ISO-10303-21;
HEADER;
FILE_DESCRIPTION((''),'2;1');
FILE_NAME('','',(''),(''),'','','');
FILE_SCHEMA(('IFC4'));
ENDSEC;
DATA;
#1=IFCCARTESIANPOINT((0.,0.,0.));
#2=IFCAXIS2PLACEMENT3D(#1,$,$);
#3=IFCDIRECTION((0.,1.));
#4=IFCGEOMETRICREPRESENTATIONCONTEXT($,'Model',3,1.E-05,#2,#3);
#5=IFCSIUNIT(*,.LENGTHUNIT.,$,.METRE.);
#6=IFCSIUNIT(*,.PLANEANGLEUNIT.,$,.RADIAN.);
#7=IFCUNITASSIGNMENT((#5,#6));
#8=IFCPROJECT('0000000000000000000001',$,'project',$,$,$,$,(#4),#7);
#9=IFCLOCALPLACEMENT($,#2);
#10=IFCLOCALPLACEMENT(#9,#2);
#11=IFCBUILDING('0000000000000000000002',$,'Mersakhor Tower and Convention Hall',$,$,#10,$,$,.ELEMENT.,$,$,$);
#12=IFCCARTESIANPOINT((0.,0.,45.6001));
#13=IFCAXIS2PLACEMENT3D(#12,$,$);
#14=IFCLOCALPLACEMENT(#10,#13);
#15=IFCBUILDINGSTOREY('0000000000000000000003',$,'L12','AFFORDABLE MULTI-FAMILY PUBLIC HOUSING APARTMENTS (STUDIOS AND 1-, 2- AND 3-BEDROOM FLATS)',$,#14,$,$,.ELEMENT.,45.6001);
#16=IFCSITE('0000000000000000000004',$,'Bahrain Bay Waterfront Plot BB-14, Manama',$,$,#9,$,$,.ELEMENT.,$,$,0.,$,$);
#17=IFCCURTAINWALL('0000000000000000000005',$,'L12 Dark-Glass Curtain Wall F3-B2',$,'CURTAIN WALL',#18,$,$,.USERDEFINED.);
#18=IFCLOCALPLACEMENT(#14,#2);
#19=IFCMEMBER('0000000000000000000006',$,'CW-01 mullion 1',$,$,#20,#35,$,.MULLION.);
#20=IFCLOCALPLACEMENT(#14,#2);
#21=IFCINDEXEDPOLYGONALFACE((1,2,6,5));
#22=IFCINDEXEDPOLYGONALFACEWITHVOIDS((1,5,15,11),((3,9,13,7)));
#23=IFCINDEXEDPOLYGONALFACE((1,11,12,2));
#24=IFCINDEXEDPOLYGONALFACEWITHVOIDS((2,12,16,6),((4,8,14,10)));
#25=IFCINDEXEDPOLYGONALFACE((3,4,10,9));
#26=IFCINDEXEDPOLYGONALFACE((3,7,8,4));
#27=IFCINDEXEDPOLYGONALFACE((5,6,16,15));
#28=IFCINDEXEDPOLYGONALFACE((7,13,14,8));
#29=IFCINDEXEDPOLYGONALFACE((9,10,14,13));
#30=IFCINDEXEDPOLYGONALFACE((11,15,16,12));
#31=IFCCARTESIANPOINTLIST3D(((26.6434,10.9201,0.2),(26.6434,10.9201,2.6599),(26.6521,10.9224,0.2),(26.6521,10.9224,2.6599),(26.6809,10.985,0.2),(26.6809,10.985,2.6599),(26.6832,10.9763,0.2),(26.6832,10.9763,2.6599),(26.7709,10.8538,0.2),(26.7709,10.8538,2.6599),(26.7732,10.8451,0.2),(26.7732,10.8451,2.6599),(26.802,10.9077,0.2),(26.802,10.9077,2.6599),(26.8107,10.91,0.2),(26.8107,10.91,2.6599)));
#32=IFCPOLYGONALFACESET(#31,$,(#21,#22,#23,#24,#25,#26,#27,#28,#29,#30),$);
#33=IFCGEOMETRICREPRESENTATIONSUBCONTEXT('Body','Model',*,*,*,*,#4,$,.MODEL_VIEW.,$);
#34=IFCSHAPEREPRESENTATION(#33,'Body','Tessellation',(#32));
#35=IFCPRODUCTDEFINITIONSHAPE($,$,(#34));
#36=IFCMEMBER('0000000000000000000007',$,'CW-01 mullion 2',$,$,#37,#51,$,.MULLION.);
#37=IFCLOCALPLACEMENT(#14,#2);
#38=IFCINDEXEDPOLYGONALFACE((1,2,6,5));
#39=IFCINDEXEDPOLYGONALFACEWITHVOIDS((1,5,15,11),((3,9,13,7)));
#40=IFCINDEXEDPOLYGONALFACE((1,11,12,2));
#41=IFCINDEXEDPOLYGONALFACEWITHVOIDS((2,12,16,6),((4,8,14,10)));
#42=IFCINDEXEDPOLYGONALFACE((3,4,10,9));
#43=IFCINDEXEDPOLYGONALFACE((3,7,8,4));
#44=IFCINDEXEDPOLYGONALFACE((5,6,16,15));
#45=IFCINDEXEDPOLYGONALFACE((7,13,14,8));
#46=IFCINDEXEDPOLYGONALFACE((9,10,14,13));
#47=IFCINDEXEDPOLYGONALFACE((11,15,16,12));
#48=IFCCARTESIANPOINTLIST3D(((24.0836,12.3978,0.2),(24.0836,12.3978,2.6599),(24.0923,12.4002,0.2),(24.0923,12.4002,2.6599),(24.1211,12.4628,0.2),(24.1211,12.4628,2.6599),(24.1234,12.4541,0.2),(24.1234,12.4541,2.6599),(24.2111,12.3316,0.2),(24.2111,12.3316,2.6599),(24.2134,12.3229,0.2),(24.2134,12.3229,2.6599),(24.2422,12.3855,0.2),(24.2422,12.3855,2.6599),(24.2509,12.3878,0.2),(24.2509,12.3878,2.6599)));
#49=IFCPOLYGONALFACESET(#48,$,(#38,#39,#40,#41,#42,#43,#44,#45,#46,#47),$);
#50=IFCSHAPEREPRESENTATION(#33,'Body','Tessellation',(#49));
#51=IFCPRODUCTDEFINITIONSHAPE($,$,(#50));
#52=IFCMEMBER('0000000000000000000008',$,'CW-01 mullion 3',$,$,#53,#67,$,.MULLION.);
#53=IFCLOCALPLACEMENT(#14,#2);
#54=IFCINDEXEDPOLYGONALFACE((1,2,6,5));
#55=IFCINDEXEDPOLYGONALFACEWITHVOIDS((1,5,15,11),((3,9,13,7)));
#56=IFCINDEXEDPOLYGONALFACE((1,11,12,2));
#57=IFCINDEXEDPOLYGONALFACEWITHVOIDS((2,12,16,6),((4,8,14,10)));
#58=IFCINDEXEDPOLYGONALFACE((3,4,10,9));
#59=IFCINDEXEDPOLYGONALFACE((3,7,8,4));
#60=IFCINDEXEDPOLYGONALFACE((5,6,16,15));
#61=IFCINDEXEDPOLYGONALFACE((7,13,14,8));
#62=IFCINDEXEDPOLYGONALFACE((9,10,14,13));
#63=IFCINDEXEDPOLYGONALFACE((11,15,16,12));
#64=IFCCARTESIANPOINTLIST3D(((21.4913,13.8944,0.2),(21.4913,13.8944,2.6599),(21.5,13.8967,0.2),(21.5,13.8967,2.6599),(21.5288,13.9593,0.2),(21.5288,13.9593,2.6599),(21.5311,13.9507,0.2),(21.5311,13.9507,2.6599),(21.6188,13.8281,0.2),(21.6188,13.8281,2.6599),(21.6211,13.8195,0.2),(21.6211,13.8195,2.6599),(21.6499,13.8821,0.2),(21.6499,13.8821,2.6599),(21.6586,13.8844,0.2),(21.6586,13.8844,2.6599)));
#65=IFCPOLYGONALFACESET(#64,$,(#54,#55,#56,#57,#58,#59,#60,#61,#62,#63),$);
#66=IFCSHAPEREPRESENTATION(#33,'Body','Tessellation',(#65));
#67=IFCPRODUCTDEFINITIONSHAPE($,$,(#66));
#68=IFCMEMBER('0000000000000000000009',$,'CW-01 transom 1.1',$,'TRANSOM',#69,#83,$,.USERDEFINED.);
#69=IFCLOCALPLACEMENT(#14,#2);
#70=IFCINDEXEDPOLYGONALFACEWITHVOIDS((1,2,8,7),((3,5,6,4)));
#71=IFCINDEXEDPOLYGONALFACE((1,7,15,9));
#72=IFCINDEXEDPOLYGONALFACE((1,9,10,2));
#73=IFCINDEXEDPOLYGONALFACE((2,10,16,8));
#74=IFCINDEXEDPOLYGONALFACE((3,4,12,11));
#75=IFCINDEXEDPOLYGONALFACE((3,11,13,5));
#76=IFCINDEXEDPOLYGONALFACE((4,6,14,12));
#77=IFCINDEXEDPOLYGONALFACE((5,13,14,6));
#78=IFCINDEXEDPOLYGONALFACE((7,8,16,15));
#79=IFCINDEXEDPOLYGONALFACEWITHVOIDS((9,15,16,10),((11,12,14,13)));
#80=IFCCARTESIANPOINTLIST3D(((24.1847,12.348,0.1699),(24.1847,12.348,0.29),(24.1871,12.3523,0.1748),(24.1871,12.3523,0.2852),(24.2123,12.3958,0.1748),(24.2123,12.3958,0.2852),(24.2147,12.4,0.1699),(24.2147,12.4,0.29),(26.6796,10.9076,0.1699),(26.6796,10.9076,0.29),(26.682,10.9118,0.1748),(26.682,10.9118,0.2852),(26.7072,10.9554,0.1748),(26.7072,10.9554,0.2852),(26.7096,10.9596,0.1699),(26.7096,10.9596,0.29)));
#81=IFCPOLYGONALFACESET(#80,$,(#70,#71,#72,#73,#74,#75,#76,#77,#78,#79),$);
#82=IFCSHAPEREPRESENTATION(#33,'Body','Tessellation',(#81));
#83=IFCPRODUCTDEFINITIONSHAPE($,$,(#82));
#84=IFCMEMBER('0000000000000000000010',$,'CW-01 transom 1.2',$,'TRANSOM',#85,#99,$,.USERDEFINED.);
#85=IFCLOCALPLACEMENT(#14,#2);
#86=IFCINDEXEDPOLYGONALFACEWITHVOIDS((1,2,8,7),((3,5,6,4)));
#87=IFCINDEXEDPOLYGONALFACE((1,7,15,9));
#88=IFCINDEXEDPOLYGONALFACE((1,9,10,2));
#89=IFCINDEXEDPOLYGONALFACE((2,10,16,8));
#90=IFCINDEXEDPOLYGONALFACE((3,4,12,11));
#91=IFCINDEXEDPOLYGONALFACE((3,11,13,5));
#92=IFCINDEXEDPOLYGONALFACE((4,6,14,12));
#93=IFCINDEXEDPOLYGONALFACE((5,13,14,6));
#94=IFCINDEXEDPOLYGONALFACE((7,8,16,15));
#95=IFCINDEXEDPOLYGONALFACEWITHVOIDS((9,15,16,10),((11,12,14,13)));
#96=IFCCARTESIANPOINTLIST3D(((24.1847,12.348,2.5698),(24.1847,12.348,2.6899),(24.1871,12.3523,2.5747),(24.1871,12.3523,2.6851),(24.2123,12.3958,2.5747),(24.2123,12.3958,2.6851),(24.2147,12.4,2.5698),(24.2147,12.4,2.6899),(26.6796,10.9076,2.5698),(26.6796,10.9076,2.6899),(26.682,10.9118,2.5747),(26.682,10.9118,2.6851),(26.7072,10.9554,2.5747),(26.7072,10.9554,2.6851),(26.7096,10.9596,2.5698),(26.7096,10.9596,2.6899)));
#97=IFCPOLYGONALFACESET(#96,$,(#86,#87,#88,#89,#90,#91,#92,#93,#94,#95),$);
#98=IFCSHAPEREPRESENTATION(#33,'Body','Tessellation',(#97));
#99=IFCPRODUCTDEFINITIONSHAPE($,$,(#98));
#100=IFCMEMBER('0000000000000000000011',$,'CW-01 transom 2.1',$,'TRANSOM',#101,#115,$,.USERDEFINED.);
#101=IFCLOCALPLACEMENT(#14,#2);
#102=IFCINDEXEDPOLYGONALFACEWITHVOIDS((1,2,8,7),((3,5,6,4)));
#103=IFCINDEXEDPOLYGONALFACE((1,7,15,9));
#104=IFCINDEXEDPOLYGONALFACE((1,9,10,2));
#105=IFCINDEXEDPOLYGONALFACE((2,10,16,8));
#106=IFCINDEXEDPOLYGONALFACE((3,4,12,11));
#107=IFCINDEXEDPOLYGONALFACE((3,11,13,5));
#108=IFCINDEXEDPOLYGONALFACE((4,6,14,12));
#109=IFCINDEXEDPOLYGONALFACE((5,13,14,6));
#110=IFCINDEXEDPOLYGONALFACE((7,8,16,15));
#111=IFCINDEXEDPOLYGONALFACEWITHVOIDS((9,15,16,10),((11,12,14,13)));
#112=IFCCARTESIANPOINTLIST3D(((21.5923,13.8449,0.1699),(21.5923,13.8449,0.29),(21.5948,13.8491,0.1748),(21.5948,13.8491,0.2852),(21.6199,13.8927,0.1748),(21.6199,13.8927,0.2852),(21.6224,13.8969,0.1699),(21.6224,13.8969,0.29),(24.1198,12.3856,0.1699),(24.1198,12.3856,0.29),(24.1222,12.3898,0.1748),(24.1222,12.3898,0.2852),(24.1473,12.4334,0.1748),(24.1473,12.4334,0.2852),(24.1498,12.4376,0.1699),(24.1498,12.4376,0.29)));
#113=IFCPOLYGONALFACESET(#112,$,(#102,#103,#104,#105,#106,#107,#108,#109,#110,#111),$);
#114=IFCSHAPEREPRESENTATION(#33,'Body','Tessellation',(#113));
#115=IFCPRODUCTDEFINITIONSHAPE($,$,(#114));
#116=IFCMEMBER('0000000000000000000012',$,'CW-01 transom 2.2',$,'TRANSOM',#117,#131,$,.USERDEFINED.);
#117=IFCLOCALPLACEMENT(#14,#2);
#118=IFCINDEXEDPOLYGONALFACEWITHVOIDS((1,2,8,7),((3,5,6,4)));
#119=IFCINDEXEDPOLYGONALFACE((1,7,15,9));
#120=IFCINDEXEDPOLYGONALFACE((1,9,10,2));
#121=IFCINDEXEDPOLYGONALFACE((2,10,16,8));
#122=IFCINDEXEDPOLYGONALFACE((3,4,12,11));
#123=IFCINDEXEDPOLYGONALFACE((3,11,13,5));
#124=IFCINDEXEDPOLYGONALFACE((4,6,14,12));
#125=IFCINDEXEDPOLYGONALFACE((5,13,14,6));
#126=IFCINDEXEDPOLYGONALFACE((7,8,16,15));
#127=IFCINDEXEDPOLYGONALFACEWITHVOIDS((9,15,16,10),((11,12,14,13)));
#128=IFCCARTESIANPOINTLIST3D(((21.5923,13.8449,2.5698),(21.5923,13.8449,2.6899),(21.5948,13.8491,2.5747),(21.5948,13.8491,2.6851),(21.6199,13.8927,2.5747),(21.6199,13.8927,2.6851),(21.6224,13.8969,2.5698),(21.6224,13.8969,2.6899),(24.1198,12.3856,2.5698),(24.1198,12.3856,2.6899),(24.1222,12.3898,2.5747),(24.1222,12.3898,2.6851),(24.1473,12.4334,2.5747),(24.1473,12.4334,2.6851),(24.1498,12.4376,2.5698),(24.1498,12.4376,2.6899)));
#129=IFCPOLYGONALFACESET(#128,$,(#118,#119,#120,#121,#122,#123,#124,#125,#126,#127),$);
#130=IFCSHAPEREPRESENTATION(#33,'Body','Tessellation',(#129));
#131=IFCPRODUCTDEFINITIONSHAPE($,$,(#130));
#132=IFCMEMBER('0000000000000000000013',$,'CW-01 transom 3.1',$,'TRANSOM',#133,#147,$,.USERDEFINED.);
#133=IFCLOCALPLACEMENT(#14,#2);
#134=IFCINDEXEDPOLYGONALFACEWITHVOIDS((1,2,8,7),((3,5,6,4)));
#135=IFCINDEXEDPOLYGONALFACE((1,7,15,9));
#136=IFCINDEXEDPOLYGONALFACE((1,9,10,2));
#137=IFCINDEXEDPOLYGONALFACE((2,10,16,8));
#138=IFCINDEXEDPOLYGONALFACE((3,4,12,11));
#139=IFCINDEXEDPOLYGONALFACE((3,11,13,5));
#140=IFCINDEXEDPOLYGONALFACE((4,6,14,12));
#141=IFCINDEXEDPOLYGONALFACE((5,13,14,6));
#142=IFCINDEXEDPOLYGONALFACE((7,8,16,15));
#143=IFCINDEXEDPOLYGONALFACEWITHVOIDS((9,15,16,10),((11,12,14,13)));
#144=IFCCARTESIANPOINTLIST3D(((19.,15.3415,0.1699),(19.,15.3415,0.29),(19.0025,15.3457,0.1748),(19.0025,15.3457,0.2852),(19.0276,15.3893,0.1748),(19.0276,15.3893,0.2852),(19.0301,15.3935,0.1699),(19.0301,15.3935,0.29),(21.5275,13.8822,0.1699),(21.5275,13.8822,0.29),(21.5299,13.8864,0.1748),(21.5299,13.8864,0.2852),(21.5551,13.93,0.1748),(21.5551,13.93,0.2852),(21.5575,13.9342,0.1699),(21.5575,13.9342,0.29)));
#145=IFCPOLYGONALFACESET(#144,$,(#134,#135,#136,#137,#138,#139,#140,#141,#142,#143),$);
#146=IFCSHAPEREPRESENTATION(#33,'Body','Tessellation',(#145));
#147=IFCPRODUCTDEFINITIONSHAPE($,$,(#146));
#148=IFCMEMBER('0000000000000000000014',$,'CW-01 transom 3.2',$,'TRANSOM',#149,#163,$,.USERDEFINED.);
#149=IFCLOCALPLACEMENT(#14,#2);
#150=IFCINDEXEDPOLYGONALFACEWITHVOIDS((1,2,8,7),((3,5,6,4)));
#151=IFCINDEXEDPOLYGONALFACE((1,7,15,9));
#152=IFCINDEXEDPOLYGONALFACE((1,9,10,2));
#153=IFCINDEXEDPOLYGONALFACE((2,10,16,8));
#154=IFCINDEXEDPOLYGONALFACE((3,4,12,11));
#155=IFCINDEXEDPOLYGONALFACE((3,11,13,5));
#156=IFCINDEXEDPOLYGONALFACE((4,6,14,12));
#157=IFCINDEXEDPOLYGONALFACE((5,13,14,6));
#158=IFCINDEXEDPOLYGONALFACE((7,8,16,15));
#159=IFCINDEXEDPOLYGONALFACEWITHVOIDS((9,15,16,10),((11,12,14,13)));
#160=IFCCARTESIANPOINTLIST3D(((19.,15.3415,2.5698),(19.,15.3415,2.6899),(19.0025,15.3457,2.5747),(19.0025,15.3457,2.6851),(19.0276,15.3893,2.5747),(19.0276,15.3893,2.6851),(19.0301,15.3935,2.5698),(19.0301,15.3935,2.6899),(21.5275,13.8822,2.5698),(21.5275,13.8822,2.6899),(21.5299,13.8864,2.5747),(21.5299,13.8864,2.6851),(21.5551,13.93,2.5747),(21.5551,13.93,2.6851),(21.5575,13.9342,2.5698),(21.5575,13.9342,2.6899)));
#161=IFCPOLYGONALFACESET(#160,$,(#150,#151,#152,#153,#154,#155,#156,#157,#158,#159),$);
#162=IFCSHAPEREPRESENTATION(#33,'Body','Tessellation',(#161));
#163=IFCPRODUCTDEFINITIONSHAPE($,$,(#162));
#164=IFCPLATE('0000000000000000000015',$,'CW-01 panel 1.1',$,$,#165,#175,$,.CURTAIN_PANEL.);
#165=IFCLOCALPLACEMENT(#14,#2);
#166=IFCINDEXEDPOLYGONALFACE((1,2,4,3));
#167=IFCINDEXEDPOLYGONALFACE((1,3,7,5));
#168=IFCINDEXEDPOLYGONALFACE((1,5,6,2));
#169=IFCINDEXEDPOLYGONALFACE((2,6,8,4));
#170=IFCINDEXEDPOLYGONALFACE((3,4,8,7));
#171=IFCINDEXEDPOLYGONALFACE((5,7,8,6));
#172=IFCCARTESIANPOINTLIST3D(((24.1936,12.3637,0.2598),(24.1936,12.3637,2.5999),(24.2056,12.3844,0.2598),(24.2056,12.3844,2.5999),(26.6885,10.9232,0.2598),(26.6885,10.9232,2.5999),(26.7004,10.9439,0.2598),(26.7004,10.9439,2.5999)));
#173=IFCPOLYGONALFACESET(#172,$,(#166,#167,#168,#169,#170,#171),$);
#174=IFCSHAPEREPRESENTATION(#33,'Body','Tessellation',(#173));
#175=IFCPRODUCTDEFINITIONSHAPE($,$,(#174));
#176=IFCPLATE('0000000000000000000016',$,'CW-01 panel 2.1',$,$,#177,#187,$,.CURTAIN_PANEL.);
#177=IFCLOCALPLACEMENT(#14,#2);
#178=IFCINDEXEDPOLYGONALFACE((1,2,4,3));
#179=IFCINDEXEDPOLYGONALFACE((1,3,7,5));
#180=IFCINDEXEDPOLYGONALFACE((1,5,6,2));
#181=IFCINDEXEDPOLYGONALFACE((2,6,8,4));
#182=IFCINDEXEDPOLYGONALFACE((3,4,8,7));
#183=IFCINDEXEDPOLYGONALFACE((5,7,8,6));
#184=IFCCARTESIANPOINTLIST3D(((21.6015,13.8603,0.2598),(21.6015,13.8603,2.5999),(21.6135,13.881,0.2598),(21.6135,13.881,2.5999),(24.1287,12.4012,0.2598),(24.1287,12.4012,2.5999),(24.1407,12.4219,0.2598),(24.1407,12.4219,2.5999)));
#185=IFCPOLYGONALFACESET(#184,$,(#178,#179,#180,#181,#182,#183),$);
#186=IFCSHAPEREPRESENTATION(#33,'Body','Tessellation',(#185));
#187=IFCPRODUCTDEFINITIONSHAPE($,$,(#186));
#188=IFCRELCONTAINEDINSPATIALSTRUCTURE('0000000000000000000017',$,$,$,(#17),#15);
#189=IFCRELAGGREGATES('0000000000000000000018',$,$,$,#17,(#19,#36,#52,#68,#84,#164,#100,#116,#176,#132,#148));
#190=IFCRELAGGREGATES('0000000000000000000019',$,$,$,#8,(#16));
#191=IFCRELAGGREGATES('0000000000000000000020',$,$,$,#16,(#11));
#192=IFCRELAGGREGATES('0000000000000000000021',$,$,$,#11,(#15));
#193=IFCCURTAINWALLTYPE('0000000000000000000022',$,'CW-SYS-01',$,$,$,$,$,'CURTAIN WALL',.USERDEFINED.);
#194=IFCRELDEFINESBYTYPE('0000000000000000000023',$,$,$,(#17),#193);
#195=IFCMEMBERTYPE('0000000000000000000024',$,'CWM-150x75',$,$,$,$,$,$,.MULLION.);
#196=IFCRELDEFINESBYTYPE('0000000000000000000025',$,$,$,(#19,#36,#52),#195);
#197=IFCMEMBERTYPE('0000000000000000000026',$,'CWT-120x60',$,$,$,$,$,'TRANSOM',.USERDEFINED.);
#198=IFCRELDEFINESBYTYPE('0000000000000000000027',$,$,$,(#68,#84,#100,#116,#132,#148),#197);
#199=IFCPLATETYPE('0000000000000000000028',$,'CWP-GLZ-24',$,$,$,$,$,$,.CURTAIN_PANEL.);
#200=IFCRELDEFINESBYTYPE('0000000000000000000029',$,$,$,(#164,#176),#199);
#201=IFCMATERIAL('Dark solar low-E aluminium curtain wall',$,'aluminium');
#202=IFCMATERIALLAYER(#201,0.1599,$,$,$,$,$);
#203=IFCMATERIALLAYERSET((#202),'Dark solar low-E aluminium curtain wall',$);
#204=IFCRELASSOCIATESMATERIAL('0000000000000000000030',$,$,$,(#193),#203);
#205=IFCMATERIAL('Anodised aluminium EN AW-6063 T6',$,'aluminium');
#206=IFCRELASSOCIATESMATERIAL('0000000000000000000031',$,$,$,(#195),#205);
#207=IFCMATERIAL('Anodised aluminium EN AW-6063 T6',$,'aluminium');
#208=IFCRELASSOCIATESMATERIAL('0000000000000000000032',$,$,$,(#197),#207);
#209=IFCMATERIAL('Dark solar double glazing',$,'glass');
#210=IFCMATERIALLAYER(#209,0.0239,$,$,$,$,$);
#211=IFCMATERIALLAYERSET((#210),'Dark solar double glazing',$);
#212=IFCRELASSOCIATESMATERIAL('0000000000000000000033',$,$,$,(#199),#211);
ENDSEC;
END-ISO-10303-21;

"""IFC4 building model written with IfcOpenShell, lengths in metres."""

from ifc_helpers import new_model, si_unit, direction, frame, origin, origin_2d, place, context, subcontext, project, spatial, rectangle, hollow_rectangle, extrude, material, layer, layer_set, material_profile, profile_set, type_object, element, aggregate, save


model = new_model("IFC4")

# Units and contexts
model_context = context("Model", 3, precision=1e-05, world=origin(), true_north=direction((0.0, 1.0)))
body_context = subcontext(model_context, "Body", "Model", "MODEL_VIEW")
ifc_project = project(units=[si_unit("LENGTHUNIT", "METRE"), si_unit("PLANEANGLEUNIT", "RADIAN")], contexts=[model_context])

# Site, building, storey
site_placement = place(None, origin())
site = spatial("IfcSite", under=ifc_project, at=site_placement, Name="Bahrain Bay Waterfront Plot BB-14, Manama", CompositionType="ELEMENT", RefElevation=0.0)
building_placement = place(site_placement, origin())
building = spatial("IfcBuilding", under=site, at=building_placement, Name="Mersakhor Tower and Convention Hall", CompositionType="ELEMENT")
storey_placement = place(building_placement, frame((0.0, 0.0, 45.6001)))
storey = spatial("IfcBuildingStorey", under=building, at=storey_placement, Name="L12", Description="AFFORDABLE MULTI-FAMILY PUBLIC HOUSING APARTMENTS (STUDIOS AND 1-, 2- AND 3-BEDROOM FLATS)", CompositionType="ELEMENT", Elevation=45.6001)

# Curtain wall, members, plates
ifc_material_1 = material(Name="Dark solar low-E aluminium curtain wall", Category="aluminium")
ifc_layer_1 = layer(ifc_material_1, 0.1599)
ifc_layer_set_1 = layer_set([ifc_layer_1], Name="Dark solar low-E aluminium curtain wall")
curtain_wall_type = type_object("IfcCurtainWallType", Name="CW-SYS-01", ElementType="CURTAIN WALL", PredefinedType="USERDEFINED", material=ifc_layer_set_1)
curtain_wall_placement = place(storey_placement, origin())
curtain_wall = element("IfcCurtainWall", 1, at=curtain_wall_placement, inside=storey, type_object=curtain_wall_type, Name="L12 Dark-Glass Curtain Wall F3-B2", ObjectType="CURTAIN WALL", PredefinedType="USERDEFINED")
ifc_material_2 = material(Name="Anodised aluminium EN AW-6063 T6", Category="aluminium")
ifc_material_profile_1 = material_profile(ifc_material_2, hollow_rectangle(XDim=0.075, YDim=0.1499, WallThickness=0.0063, at=origin_2d()), Name="RHS 150x75x6.3")
ifc_profile_set_1 = profile_set([ifc_material_profile_1], Name="Anodised aluminium EN AW-6063 T6")
member_type_1 = type_object("IfcMemberType", Name="CWM-150x75", PredefinedType="MULLION", material=ifc_profile_set_1)
member_1_placement = place(storey_placement, frame((26.7271, 10.915, 0.2), z_axis=(0.0, 0.0, 1.0), x_axis=(-0.500003, -0.866023, 0.0)))
member_1 = element("IfcMember", 2, at=member_1_placement, type_object=member_type_1, Name="CW-01 mullion 1", PredefinedType="MULLION", context=body_context, shape_type="SweptSolid", body=[
    extrude(hollow_rectangle(XDim=0.075, YDim=0.1499, WallThickness=0.0063, at=origin_2d()), origin(), (0.0, 0.0, 1.0), 2.46),
])
member_2_placement = place(storey_placement, frame((24.1672, 12.3928, 0.2), z_axis=(0.0, 0.0, 1.0), x_axis=(-0.500003, -0.866023, 0.0)))
member_2 = element("IfcMember", 3, at=member_2_placement, type_object=member_type_1, Name="CW-01 mullion 2", PredefinedType="MULLION", context=body_context, shape_type="SweptSolid", body=[
    extrude(hollow_rectangle(XDim=0.075, YDim=0.1499, WallThickness=0.0063, at=origin_2d()), origin(), (0.0, 0.0, 1.0), 2.46),
])
member_3_placement = place(storey_placement, frame((21.575, 13.8894, 0.2), z_axis=(0.0, 0.0, 1.0), x_axis=(-0.500003, -0.866023, 0.0)))
member_3 = element("IfcMember", 4, at=member_3_placement, type_object=member_type_1, Name="CW-01 mullion 3", PredefinedType="MULLION", context=body_context, shape_type="SweptSolid", body=[
    extrude(hollow_rectangle(XDim=0.075, YDim=0.1499, WallThickness=0.0063, at=origin_2d()), origin(), (0.0, 0.0, 1.0), 2.46),
])
ifc_material_3 = material(Name="Anodised aluminium EN AW-6063 T6", Category="aluminium")
ifc_material_profile_2 = material_profile(ifc_material_3, hollow_rectangle(XDim=0.0601, YDim=0.1201, WallThickness=0.0049, at=origin_2d()), Name="RHS 120x60x5")
ifc_profile_set_2 = profile_set([ifc_material_profile_2], Name="Anodised aluminium EN AW-6063 T6")
member_type_2 = type_object("IfcMemberType", Name="CWT-120x60", ElementType="TRANSOM", PredefinedType="USERDEFINED", material=ifc_profile_set_2)
member_4_placement = place(storey_placement, frame((26.6946, 10.9336, 0.23), z_axis=(-0.866023, 0.500004, 0.0), x_axis=(-0.500004, -0.866023, 0.0)))
member_4 = element("IfcMember", 5, at=member_4_placement, type_object=member_type_2, Name="CW-01 transom 1.1", ObjectType="TRANSOM", PredefinedType="USERDEFINED", context=body_context, shape_type="SweptSolid", body=[
    extrude(hollow_rectangle(XDim=0.0601, YDim=0.1201, WallThickness=0.0049, at=origin_2d()), origin(), (0.0, 0.0, 1.0), 2.8809),
])
member_5_placement = place(storey_placement, frame((26.6946, 10.9336, 2.6299), z_axis=(-0.866023, 0.500004, 0.0), x_axis=(-0.500004, -0.866023, 0.0)))
member_5 = element("IfcMember", 6, at=member_5_placement, type_object=member_type_2, Name="CW-01 transom 1.2", ObjectType="TRANSOM", PredefinedType="USERDEFINED", context=body_context, shape_type="SweptSolid", body=[
    extrude(hollow_rectangle(XDim=0.0601, YDim=0.1201, WallThickness=0.0049, at=origin_2d()), origin(), (0.0, 0.0, 1.0), 2.8809),
])
member_6_placement = place(storey_placement, frame((24.1348, 12.4116, 0.23), z_axis=(-0.866016, 0.500017, 0.0), x_axis=(-0.500017, -0.866016, 0.0)))
member_6 = element("IfcMember", 7, at=member_6_placement, type_object=member_type_2, Name="CW-01 transom 2.1", ObjectType="TRANSOM", PredefinedType="USERDEFINED", context=body_context, shape_type="SweptSolid", body=[
    extrude(hollow_rectangle(XDim=0.0601, YDim=0.1201, WallThickness=0.0049, at=origin_2d()), origin(), (0.0, 0.0, 1.0), 2.9185),
])
member_7_placement = place(storey_placement, frame((24.1348, 12.4116, 2.6299), z_axis=(-0.866016, 0.500017, 0.0), x_axis=(-0.500017, -0.866016, 0.0)))
member_7 = element("IfcMember", 8, at=member_7_placement, type_object=member_type_2, Name="CW-01 transom 2.2", ObjectType="TRANSOM", PredefinedType="USERDEFINED", context=body_context, shape_type="SweptSolid", body=[
    extrude(hollow_rectangle(XDim=0.0601, YDim=0.1201, WallThickness=0.0049, at=origin_2d()), origin(), (0.0, 0.0, 1.0), 2.9185),
])
member_8_placement = place(storey_placement, frame((21.5425, 13.9082, 0.23), z_axis=(-0.866016, 0.500017, 0.0), x_axis=(-0.500017, -0.866016, 0.0)))
member_8 = element("IfcMember", 9, at=member_8_placement, type_object=member_type_2, Name="CW-01 transom 3.1", ObjectType="TRANSOM", PredefinedType="USERDEFINED", context=body_context, shape_type="SweptSolid", body=[
    extrude(hollow_rectangle(XDim=0.0601, YDim=0.1201, WallThickness=0.0049, at=origin_2d()), origin(), (0.0, 0.0, 1.0), 2.9185),
])
member_9_placement = place(storey_placement, frame((21.5425, 13.9082, 2.6299), z_axis=(-0.866016, 0.500017, 0.0), x_axis=(-0.500017, -0.866016, 0.0)))
member_9 = element("IfcMember", 10, at=member_9_placement, type_object=member_type_2, Name="CW-01 transom 3.2", ObjectType="TRANSOM", PredefinedType="USERDEFINED", context=body_context, shape_type="SweptSolid", body=[
    extrude(hollow_rectangle(XDim=0.0601, YDim=0.1201, WallThickness=0.0049, at=origin_2d()), origin(), (0.0, 0.0, 1.0), 2.9185),
])
ifc_material_4 = material(Name="Dark solar double glazing", Category="glass")
ifc_layer_2 = layer(ifc_material_4, 0.0239)
ifc_layer_set_2 = layer_set([ifc_layer_2], Name="Dark solar double glazing")
plate_type_1 = type_object("IfcPlateType", Name="CWP-GLZ-24", PredefinedType="CURTAIN_PANEL", material=ifc_layer_set_2)
plate_1_placement = place(storey_placement, frame((25.447, 11.6538, 0.2598), z_axis=(0.0, 0.0, 1.0), x_axis=(-0.866023, 0.500003, 0.0)))
plate_1 = element("IfcPlate", 11, at=plate_1_placement, type_object=plate_type_1, Name="CW-01 panel 1.1", PredefinedType="CURTAIN_PANEL", context=body_context, shape_type="SweptSolid", body=[
    extrude(rectangle(XDim=2.8809, YDim=0.0239, at=origin_2d()), origin(), (0.0, 0.0, 1.0), 2.3401),
])
plate_2_placement = place(storey_placement, frame((22.8711, 13.1411, 0.2598), z_axis=(0.0, 0.0, 1.0), x_axis=(-0.866023, 0.500003, 0.0)))
plate_2 = element("IfcPlate", 12, at=plate_2_placement, type_object=plate_type_1, Name="CW-01 panel 2.1", PredefinedType="CURTAIN_PANEL", context=body_context, shape_type="SweptSolid", body=[
    extrude(rectangle(XDim=2.9182, YDim=0.0239, at=origin_2d()), origin(), (0.0, 0.0, 1.0), 2.3401),
])
aggregate(curtain_wall, [member_1, member_2, member_3, member_4, member_5, plate_1, member_6, member_7, plate_2, member_8, member_9])

save(model, "model.ifc")
